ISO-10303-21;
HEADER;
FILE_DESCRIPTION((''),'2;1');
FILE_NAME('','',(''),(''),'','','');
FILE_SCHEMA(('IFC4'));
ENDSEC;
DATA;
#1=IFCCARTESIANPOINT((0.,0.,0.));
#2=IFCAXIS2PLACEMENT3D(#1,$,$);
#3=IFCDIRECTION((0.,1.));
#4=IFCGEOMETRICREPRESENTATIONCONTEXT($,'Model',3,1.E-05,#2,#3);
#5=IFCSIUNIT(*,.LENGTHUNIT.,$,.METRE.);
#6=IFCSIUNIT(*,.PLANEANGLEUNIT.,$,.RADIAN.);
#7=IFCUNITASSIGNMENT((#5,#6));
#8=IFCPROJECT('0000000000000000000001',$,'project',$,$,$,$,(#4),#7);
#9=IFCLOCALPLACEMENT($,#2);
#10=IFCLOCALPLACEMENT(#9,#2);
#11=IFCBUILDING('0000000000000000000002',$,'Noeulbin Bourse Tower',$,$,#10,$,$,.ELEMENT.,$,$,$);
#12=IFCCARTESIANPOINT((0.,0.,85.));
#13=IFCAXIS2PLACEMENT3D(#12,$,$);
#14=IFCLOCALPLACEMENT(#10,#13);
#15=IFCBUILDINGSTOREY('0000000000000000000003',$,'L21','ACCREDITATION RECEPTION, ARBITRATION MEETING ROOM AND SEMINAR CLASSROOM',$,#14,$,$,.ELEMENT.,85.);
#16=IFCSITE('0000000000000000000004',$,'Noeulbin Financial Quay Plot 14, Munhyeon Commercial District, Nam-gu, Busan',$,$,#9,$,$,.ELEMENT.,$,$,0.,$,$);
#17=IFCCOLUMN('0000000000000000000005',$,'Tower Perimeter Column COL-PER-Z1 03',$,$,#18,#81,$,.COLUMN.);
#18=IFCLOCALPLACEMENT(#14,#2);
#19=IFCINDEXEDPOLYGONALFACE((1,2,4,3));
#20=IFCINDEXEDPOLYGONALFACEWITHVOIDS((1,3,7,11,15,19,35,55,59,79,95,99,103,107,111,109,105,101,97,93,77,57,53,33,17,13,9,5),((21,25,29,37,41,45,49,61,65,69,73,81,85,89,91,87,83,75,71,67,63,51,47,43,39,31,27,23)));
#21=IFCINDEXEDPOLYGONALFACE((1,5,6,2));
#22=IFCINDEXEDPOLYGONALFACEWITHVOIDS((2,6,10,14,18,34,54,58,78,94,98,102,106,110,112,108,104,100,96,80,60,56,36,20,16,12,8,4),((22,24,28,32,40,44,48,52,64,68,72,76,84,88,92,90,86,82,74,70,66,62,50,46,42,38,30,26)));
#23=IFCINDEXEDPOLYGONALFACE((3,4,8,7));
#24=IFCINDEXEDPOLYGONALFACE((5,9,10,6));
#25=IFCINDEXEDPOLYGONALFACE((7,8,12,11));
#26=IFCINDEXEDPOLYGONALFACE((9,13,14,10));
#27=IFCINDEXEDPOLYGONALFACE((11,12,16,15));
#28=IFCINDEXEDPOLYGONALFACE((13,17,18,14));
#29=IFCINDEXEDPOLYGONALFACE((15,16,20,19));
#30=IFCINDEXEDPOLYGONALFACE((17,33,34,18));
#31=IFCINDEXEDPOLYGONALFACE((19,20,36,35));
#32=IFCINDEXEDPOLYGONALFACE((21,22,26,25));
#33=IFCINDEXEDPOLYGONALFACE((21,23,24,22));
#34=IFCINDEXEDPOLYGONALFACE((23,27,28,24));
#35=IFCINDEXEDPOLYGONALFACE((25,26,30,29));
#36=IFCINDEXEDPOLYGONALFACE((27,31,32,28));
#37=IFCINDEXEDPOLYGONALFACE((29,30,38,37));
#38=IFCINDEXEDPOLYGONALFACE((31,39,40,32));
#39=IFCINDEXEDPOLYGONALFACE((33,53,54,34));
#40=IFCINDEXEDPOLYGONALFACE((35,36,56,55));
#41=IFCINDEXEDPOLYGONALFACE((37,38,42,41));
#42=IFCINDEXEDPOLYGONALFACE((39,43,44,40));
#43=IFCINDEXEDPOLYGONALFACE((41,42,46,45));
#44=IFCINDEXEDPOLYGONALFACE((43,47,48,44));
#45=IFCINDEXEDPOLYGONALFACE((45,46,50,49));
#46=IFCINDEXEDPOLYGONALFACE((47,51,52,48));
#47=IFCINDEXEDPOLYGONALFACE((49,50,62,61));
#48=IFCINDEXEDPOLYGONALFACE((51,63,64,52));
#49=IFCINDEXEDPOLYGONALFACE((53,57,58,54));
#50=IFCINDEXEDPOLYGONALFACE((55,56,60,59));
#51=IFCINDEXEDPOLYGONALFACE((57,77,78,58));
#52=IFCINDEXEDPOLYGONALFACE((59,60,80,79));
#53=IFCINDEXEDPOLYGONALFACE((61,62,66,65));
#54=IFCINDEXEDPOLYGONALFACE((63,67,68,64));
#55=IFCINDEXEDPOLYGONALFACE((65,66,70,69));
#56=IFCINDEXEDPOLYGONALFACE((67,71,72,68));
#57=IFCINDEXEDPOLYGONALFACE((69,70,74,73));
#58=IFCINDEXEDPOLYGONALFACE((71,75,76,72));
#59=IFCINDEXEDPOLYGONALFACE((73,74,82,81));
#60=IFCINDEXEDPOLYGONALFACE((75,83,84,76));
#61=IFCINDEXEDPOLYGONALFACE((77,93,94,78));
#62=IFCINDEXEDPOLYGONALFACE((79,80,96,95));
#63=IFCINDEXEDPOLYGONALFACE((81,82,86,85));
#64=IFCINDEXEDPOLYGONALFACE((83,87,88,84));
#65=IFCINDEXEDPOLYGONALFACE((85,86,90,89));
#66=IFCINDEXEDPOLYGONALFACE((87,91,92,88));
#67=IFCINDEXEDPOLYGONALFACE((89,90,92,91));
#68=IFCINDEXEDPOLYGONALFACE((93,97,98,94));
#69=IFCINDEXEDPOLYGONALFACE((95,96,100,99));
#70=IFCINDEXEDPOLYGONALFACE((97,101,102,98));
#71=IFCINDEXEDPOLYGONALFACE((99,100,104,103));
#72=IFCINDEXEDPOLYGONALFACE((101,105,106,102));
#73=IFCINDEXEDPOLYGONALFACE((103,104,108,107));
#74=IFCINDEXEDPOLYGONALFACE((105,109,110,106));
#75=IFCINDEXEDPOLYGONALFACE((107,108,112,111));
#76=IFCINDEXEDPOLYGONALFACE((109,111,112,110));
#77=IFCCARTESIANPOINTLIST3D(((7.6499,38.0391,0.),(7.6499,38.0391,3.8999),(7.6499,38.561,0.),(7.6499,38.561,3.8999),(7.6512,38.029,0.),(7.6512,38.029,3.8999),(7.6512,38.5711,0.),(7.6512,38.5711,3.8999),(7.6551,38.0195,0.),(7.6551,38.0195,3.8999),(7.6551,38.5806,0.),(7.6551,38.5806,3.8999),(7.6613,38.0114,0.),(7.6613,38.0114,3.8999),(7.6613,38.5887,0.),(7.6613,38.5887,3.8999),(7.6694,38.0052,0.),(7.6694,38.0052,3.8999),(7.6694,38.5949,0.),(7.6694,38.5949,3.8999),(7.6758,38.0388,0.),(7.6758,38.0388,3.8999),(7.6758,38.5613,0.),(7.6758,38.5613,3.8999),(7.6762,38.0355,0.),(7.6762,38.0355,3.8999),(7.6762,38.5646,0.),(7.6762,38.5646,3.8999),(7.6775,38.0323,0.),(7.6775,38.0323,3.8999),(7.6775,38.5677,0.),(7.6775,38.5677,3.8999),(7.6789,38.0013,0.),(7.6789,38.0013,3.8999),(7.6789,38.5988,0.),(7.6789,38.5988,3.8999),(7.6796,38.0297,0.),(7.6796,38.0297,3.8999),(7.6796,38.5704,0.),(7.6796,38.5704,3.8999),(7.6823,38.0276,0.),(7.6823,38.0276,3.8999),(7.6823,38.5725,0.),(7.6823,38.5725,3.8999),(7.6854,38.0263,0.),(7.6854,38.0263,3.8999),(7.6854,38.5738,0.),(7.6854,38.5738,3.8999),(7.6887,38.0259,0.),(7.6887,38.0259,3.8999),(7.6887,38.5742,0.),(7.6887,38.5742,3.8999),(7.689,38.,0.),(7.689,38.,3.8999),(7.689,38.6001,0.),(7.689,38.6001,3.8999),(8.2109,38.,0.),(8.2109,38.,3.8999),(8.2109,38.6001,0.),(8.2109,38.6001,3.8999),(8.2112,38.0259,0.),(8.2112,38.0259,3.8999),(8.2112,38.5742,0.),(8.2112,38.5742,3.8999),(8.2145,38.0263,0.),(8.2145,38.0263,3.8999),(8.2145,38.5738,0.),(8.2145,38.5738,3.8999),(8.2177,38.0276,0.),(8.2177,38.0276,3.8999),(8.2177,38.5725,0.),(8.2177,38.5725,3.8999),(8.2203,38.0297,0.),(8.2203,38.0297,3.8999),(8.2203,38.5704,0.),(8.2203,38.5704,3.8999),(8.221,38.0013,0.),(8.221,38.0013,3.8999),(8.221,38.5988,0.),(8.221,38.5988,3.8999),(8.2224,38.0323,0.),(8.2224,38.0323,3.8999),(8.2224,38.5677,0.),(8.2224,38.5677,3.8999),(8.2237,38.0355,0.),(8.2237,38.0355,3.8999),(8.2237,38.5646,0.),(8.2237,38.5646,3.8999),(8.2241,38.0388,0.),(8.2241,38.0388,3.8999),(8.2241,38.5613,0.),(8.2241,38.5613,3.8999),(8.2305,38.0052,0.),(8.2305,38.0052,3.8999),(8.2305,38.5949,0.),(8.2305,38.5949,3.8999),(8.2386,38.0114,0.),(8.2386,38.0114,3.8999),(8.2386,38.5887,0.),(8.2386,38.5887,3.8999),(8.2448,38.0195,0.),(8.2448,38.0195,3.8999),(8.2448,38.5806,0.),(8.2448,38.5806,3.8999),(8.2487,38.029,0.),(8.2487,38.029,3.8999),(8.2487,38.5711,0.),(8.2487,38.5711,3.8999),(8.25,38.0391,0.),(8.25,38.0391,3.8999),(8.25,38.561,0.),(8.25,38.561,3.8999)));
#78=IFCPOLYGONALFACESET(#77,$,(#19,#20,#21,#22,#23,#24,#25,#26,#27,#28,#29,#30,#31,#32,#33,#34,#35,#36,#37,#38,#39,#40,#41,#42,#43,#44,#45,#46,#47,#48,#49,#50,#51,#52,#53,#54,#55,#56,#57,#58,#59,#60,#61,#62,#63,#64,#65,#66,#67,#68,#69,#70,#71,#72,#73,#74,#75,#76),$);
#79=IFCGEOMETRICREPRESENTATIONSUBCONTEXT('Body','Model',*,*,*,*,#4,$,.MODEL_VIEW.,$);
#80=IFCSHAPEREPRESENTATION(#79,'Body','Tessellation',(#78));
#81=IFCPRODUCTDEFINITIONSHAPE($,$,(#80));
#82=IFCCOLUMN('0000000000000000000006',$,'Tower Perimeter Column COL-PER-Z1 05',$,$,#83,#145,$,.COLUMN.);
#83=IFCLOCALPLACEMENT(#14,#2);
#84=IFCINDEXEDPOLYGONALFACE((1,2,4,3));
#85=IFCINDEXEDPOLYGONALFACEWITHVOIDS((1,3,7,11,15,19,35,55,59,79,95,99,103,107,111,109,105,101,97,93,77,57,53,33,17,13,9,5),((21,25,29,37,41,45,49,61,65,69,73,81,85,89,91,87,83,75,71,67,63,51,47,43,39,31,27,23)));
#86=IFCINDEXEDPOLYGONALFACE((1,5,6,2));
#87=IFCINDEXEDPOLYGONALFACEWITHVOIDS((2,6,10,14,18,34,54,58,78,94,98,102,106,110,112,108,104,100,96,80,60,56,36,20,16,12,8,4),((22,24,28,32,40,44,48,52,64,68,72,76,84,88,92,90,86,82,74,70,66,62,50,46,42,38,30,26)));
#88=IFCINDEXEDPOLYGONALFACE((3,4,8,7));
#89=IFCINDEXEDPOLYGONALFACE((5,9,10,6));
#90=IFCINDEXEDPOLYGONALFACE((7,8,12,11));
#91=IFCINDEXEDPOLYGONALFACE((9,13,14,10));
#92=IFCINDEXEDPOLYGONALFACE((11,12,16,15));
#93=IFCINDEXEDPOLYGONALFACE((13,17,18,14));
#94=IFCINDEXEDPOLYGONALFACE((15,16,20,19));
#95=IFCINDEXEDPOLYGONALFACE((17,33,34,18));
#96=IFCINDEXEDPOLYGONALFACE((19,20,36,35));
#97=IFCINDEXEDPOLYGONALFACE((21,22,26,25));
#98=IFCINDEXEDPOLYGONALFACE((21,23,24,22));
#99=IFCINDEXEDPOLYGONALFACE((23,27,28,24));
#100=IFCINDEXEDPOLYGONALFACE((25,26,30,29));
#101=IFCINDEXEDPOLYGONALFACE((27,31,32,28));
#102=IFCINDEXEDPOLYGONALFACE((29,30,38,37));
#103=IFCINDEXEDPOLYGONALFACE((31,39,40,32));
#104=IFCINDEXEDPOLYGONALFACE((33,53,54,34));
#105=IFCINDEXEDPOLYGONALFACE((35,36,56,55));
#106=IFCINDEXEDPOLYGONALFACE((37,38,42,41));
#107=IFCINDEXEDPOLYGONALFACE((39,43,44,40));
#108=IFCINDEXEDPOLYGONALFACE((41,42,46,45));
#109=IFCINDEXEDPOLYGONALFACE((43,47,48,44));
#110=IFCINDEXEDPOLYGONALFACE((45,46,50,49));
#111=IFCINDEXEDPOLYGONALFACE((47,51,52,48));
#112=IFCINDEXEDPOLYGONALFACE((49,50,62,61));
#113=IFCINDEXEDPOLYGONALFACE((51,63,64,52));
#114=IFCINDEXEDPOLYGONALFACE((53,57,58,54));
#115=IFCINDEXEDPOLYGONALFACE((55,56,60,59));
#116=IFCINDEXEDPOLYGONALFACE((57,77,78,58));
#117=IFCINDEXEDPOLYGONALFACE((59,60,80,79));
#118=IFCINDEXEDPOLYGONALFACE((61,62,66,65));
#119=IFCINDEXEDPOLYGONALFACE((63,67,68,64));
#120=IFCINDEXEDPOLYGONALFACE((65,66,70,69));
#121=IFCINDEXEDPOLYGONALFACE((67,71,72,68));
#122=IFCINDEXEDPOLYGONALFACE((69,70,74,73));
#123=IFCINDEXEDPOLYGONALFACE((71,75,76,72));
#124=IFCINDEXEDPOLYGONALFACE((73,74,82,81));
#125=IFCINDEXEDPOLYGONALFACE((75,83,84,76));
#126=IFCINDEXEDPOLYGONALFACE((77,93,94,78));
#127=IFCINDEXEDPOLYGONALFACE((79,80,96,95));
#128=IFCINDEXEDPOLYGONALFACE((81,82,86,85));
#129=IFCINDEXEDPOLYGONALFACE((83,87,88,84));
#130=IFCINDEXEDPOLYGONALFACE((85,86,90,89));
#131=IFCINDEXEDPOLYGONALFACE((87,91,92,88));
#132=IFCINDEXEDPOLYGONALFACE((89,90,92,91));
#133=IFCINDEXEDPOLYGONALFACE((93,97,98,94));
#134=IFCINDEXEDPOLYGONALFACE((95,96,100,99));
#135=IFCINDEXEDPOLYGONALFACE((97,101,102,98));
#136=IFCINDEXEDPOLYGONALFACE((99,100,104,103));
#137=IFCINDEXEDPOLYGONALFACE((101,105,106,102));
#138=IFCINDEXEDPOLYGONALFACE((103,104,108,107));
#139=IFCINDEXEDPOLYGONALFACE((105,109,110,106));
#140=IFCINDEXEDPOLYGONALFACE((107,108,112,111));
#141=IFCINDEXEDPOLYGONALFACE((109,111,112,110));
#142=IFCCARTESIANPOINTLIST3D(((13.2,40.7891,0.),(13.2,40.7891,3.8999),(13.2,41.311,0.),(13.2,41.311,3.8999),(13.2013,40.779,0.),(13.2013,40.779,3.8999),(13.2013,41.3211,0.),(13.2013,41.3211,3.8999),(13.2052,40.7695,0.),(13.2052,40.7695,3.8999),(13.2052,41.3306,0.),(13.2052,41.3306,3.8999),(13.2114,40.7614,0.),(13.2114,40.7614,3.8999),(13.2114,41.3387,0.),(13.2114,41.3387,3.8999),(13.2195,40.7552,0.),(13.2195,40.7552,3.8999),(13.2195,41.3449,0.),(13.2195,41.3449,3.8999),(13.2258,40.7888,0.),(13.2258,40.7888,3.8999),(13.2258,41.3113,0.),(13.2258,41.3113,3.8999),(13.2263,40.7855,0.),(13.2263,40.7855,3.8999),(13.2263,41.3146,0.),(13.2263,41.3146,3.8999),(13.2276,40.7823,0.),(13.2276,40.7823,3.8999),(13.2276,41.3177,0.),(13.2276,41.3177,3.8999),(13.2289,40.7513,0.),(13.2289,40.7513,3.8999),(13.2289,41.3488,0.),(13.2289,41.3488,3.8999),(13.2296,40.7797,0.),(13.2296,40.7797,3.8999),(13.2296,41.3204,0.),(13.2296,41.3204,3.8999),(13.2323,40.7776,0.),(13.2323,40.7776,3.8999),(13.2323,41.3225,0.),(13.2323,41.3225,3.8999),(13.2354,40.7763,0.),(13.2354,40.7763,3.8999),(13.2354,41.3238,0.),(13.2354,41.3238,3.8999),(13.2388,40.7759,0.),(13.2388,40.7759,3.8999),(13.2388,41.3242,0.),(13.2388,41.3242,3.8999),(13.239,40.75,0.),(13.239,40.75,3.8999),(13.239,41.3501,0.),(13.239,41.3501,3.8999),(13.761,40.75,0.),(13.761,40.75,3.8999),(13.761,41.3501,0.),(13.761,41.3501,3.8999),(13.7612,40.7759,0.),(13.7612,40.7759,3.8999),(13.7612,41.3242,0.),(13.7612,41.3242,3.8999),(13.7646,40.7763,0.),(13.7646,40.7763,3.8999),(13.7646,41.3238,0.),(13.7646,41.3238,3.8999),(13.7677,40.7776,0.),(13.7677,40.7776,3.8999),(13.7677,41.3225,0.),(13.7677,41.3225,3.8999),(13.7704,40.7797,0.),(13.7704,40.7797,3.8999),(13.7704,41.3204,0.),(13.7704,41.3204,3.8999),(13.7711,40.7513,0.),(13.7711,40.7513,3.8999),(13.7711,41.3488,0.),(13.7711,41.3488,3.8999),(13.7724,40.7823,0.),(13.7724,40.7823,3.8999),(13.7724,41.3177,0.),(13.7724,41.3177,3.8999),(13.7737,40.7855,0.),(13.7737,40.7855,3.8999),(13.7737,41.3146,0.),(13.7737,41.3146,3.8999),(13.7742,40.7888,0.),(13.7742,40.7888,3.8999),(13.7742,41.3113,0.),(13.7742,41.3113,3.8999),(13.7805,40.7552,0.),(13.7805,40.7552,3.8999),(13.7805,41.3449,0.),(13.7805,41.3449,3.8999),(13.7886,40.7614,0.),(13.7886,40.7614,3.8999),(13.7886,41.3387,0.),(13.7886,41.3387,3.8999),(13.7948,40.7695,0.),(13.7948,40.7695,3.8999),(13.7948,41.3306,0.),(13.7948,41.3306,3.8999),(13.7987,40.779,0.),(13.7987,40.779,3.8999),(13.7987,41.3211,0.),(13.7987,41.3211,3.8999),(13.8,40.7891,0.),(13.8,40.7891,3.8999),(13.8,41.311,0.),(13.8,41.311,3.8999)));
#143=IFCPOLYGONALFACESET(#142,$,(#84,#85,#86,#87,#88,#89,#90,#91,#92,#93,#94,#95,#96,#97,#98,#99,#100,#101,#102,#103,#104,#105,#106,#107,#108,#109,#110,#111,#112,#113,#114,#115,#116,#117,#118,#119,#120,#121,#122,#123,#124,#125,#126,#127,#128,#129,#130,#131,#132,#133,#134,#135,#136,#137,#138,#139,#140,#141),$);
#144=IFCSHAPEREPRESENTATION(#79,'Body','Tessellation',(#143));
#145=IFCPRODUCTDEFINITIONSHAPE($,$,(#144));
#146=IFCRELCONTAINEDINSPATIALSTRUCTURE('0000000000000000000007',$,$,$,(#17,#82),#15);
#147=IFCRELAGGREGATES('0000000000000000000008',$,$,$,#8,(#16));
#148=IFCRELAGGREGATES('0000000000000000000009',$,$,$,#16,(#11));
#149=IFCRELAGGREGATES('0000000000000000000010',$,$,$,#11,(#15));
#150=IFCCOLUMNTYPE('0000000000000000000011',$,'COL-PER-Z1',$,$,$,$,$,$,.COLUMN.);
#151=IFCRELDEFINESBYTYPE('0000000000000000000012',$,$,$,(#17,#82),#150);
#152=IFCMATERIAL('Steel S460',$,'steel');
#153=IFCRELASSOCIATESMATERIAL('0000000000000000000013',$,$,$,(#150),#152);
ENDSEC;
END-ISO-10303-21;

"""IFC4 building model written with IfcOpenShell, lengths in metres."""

from ifc_helpers import new_model, si_unit, direction, frame, origin, origin_2d, place, context, subcontext, project, spatial, hollow_rectangle, extrude, material, material_profile, profile_set, type_object, element, save


model = new_model("IFC4")

# Units and contexts
model_context = context("Model", 3, precision=1e-05, world=origin(), true_north=direction((0.0, 1.0)))
body_context = subcontext(model_context, "Body", "Model", "MODEL_VIEW")
ifc_project = project(units=[si_unit("LENGTHUNIT", "METRE"), si_unit("PLANEANGLEUNIT", "RADIAN")], contexts=[model_context])

# Site, building, storey
site_placement = place(None, origin())
site = spatial("IfcSite", under=ifc_project, at=site_placement, Name="Noeulbin Financial Quay Plot 14, Munhyeon Commercial District, Nam-gu, Busan", CompositionType="ELEMENT", RefElevation=0.0)
building_placement = place(site_placement, origin())
building = spatial("IfcBuilding", under=site, at=building_placement, Name="Noeulbin Bourse Tower", CompositionType="ELEMENT")
storey_placement = place(building_placement, frame((0.0, 0.0, 85.0)))
storey = spatial("IfcBuildingStorey", under=building, at=storey_placement, Name="L21", Description="ACCREDITATION RECEPTION, ARBITRATION MEETING ROOM AND SEMINAR CLASSROOM", CompositionType="ELEMENT", Elevation=85.0)

# Columns
ifc_material_1 = material(Name="Steel S460", Category="steel")
ifc_material_profile_1 = material_profile(ifc_material_1, hollow_rectangle(XDim=0.6001, YDim=0.6001, WallThickness=0.0259, InnerFilletRadius=0.0129, OuterFilletRadius=0.0391, at=origin_2d()), Name="BOX-600x600x26", Category="LoadBearing")
ifc_profile_set_1 = profile_set([ifc_material_profile_1], Name="Steel S460")
column_type_1 = type_object("IfcColumnType", Name="COL-PER-Z1", PredefinedType="COLUMN", material=ifc_profile_set_1)
for number, where, z_axis, x_axis, name in (
    (1, (7.95, 38.3, 0.0), (0.0, 0.0, 1.0), (1.0, 0.0, 0.0), "Tower Perimeter Column COL-PER-Z1 03"),
    (2, (13.5, 41.05, 0.0), (0.0, 0.0, 1.0), (1.0, 0.0, 0.0), "Tower Perimeter Column COL-PER-Z1 05"),
):
    element("IfcColumn", number, at=place(storey_placement, frame(where, z_axis=z_axis, x_axis=x_axis)), inside=storey, type_object=column_type_1, Name=name, PredefinedType="COLUMN", context=body_context, shape_type="SweptSolid", body=[
        extrude(hollow_rectangle(XDim=0.6001, YDim=0.6001, WallThickness=0.0259, InnerFilletRadius=0.0129, OuterFilletRadius=0.0391, at=origin_2d()), origin(), (0.0, 0.0, 1.0), 3.8999),
    ])

save(model, "model.ifc")
